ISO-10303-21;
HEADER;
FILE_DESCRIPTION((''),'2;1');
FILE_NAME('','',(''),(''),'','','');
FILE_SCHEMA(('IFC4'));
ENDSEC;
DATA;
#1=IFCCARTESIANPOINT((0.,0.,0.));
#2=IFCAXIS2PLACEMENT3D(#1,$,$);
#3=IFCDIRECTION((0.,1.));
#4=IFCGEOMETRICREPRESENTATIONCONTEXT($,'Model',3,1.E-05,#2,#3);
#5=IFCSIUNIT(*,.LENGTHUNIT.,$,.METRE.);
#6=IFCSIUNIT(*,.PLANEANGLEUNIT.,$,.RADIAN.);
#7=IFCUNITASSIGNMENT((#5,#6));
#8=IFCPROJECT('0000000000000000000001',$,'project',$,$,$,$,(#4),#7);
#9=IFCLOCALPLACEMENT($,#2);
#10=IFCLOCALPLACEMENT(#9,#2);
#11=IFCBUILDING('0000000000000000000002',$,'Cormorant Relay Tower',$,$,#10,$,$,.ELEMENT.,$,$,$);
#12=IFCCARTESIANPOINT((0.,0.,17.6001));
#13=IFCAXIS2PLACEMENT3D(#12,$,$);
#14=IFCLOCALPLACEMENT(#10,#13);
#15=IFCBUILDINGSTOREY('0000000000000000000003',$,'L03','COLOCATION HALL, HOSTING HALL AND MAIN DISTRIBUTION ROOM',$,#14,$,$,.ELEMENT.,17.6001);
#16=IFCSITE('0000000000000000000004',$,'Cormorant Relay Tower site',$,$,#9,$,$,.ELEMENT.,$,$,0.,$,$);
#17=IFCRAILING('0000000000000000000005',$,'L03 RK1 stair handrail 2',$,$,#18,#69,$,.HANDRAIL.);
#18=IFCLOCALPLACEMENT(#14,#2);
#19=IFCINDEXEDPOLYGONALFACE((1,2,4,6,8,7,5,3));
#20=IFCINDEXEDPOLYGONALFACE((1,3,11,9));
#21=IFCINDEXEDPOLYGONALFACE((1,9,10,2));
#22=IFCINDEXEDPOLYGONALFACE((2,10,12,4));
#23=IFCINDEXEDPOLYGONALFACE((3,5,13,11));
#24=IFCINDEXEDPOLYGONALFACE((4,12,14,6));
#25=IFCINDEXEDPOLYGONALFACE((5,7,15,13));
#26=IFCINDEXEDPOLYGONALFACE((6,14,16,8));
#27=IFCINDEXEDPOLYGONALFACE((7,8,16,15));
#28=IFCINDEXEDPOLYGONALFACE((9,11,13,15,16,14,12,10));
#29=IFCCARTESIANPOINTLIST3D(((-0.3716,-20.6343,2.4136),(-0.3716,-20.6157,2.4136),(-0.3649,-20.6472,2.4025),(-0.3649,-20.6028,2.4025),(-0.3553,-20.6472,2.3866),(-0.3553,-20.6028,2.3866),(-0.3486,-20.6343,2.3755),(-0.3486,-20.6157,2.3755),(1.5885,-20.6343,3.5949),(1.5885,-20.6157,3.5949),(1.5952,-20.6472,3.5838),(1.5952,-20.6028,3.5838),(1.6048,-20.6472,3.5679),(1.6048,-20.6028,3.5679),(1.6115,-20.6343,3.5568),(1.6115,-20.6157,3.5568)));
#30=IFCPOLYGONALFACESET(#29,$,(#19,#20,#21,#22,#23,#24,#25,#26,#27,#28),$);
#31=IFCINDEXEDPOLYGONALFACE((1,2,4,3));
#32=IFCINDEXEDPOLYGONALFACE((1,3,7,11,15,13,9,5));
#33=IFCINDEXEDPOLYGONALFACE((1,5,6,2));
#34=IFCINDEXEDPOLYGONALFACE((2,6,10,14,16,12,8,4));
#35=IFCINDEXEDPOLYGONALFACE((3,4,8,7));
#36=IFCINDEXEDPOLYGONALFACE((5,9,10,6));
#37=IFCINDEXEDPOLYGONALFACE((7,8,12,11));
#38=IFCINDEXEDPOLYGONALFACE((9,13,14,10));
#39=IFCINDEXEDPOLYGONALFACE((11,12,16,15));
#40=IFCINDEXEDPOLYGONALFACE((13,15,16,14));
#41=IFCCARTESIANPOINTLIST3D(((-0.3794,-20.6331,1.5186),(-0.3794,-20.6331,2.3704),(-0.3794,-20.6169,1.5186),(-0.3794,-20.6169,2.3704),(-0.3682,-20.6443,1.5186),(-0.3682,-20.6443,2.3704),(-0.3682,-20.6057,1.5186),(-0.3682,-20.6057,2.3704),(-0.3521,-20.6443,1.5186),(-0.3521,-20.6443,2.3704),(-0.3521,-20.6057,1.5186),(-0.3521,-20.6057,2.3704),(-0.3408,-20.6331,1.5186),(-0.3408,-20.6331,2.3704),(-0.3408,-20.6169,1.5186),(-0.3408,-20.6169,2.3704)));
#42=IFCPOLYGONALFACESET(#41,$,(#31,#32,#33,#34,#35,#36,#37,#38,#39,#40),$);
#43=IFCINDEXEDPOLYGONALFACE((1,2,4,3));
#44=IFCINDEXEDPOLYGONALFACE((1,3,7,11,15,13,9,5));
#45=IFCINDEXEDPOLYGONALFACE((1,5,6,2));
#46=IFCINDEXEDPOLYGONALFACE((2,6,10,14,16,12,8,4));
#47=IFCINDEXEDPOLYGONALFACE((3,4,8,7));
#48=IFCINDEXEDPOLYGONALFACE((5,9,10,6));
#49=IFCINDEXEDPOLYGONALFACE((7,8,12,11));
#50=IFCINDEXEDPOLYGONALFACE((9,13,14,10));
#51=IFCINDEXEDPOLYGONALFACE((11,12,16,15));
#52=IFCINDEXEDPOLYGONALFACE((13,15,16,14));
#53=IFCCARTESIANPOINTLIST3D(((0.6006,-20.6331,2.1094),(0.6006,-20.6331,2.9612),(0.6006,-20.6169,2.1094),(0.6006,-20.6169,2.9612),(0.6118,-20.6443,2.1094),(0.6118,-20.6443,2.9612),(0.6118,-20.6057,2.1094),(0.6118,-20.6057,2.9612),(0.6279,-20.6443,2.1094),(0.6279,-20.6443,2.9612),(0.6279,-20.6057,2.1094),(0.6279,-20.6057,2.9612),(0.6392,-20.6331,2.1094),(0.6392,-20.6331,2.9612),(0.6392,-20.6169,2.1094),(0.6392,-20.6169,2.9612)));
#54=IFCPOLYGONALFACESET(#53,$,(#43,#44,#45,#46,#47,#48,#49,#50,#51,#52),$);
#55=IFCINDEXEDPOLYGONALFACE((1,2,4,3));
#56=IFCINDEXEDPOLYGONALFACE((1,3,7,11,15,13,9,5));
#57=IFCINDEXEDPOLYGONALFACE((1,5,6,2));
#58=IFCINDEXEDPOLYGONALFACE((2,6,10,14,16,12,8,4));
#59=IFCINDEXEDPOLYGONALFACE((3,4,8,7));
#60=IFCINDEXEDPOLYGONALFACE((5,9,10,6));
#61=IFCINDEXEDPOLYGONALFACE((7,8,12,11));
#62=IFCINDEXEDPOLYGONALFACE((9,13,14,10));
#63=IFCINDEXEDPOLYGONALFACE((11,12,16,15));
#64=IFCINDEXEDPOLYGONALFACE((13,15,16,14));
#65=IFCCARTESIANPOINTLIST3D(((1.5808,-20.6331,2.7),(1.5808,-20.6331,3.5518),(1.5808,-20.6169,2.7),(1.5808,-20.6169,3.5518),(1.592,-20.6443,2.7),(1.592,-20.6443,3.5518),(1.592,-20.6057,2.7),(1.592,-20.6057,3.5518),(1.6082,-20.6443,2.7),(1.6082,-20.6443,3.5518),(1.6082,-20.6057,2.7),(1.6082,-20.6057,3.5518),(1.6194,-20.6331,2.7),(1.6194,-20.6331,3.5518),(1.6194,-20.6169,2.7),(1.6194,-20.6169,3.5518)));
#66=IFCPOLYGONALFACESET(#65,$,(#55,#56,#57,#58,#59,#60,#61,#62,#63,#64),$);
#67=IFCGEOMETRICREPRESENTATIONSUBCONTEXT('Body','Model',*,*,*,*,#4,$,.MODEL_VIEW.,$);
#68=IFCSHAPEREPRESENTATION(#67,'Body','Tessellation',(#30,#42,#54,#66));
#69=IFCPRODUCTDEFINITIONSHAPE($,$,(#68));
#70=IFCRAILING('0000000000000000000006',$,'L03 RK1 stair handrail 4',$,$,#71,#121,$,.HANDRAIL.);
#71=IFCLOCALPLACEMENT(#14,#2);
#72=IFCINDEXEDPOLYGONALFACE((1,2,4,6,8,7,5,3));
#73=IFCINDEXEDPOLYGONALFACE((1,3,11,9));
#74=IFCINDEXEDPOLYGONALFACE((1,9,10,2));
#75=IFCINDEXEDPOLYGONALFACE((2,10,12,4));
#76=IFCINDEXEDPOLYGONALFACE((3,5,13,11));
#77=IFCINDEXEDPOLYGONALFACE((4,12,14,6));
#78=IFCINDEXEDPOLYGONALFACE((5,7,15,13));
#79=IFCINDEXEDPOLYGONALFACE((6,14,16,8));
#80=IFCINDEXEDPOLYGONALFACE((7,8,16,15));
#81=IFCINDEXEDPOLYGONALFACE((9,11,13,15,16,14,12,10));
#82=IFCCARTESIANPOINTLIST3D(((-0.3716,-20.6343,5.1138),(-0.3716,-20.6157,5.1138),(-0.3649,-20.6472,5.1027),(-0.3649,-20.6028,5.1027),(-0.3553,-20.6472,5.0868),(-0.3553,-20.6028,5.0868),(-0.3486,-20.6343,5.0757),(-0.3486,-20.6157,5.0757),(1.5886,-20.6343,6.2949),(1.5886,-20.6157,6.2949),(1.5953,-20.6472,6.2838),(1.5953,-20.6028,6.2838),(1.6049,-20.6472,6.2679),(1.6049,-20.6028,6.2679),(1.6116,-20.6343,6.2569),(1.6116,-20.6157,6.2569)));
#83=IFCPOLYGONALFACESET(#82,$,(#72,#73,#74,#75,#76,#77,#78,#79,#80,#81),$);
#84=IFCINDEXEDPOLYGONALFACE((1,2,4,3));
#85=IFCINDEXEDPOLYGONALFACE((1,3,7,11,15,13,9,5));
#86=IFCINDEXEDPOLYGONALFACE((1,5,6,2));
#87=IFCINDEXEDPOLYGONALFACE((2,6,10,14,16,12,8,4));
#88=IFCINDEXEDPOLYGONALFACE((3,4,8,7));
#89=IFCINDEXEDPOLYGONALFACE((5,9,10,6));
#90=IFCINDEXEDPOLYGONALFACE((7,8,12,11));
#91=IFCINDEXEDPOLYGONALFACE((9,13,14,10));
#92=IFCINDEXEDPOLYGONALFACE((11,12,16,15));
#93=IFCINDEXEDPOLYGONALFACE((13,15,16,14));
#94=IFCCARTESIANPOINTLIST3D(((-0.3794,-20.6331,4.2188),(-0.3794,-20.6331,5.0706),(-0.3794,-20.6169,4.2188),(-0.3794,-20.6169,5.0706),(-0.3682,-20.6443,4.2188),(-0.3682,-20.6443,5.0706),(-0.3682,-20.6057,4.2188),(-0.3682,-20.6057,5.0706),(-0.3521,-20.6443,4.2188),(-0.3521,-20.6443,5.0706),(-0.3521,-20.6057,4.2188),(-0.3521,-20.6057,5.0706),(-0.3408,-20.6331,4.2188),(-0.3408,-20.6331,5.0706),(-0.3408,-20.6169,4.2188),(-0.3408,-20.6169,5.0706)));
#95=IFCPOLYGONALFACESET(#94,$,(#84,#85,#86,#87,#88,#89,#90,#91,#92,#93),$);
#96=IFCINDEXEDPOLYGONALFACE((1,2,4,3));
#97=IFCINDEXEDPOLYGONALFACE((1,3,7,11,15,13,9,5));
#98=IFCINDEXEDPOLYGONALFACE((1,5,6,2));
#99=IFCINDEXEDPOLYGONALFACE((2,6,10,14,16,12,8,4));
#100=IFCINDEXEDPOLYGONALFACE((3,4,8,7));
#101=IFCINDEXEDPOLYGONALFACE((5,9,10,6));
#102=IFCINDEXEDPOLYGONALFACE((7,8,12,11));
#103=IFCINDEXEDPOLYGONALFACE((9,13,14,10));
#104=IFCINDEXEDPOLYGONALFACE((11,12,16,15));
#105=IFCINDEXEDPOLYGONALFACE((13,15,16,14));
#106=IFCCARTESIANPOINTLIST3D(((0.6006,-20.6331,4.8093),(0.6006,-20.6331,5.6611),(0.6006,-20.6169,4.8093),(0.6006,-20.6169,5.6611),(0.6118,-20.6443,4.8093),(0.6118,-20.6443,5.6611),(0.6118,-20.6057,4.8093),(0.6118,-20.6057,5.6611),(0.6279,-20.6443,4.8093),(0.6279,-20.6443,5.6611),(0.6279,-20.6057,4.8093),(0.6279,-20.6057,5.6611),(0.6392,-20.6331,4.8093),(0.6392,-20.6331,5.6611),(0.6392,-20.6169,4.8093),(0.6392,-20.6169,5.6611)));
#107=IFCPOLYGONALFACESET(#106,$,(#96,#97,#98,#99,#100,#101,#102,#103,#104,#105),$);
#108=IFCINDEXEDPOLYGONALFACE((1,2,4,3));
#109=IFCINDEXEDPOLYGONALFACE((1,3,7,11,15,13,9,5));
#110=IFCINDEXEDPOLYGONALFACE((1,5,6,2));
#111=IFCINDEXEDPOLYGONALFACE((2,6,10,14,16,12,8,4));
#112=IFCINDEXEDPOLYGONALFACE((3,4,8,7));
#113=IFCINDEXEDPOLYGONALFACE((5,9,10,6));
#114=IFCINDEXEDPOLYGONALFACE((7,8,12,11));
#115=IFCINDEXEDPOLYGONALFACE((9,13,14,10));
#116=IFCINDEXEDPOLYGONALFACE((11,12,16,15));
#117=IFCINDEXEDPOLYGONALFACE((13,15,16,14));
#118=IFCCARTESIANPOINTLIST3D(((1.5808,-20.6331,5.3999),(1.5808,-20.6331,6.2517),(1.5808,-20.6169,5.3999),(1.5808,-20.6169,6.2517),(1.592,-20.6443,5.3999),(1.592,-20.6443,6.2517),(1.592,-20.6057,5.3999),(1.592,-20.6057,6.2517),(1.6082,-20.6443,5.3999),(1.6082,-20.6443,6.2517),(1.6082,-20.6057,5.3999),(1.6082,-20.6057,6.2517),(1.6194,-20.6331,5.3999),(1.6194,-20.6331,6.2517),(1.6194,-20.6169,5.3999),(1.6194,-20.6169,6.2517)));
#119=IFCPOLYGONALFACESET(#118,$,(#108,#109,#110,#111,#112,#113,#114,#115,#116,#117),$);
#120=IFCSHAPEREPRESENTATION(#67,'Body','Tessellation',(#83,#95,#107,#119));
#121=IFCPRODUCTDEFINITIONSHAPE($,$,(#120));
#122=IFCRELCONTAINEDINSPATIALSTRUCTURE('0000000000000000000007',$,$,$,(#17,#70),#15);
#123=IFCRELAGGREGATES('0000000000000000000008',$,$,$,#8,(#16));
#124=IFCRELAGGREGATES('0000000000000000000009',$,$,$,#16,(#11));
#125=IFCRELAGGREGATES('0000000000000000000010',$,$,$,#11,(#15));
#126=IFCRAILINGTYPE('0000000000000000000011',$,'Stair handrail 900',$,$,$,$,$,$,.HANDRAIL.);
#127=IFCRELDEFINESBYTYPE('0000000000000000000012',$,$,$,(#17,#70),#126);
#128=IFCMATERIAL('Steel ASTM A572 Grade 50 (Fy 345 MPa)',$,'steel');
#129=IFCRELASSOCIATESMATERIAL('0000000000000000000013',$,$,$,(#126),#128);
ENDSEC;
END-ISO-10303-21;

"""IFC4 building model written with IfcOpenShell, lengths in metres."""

from ifc_helpers import new_model, si_unit, direction, frame, origin, place, context, subcontext, project, spatial, polyline, outline, extrude, material, type_object, element, save


model = new_model("IFC4")

# Units and contexts
model_context = context("Model", 3, precision=1e-05, world=origin(), true_north=direction((0.0, 1.0)))
body_context = subcontext(model_context, "Body", "Model", "MODEL_VIEW")
ifc_project = project(units=[si_unit("LENGTHUNIT", "METRE"), si_unit("PLANEANGLEUNIT", "RADIAN")], contexts=[model_context])

# Site, building, storey
site_placement = place(None, origin())
site = spatial("IfcSite", under=ifc_project, at=site_placement, Name="Cormorant Relay Tower site", CompositionType="ELEMENT", RefElevation=0.0)
building_placement = place(site_placement, origin())
building = spatial("IfcBuilding", under=site, at=building_placement, Name="Cormorant Relay Tower", CompositionType="ELEMENT")
storey_placement = place(building_placement, frame((0.0, 0.0, 17.6001)))
storey = spatial("IfcBuildingStorey", under=building, at=storey_placement, Name="L03", Description="COLOCATION HALL, HOSTING HALL AND MAIN DISTRIBUTION ROOM", CompositionType="ELEMENT", Elevation=17.6001)

# Railings
ifc_material_1 = material(Name="Steel ASTM A572 Grade 50 (Fy 345 MPa)", Category="steel")
railing_type_1 = type_object("IfcRailingType", Name="Stair handrail 900", PredefinedType="HANDRAIL", material=ifc_material_1)
railing_1_placement = place(storey_placement, frame((-0.3601, -20.625, 1.5186)))
element("IfcRailing", 1, at=railing_1_placement, inside=storey, type_object=railing_type_1, Name="L03 RK1 stair handrail 2", PredefinedType="HANDRAIL", context=body_context, shape_type="SweptSolid", body=[
    extrude(outline(polyline([(0.0222, 0.0093), (0.0093, 0.0222), (-0.0093, 0.0222), (-0.0222, 0.0093), (-0.0222, -0.0093), (-0.0093, -0.0222), (0.0093, -0.0222), (0.0222, -0.0093), (0.0222, 0.0093)])), frame((0.0, 0.0, 0.876), z_axis=(0.856475, 0.0, 0.516189), x_axis=(0.0, 1.0, 0.0)), (0.0, 0.0, 1.0), 2.2886),
    extrude(outline(polyline([(0.0193, 0.0081), (0.0081, 0.0193), (-0.0081, 0.0193), (-0.0193, 0.0081), (-0.0193, -0.0081), (-0.0081, -0.0193), (0.0081, -0.0193), (0.0193, -0.0081), (0.0193, 0.0081)])), origin(), (0.0, 0.0, 1.0), 0.8518),
    extrude(outline(polyline([(0.0193, 0.0081), (0.0081, 0.0193), (-0.0081, 0.0193), (-0.0193, 0.0081), (-0.0193, -0.0081), (-0.0081, -0.0193), (0.0081, -0.0193), (0.0193, -0.0081), (0.0193, 0.0081)])), frame((0.98, 0.0, 0.5908)), (0.0, 0.0, 1.0), 0.8518),
    extrude(outline(polyline([(0.0193, 0.0081), (0.0081, 0.0193), (-0.0081, 0.0193), (-0.0193, 0.0081), (-0.0193, -0.0081), (-0.0081, -0.0193), (0.0081, -0.0193), (0.0193, -0.0081), (0.0193, 0.0081)])), frame((1.9602, 0.0, 1.1814)), (0.0, 0.0, 1.0), 0.8518),
])
railing_2_placement = place(storey_placement, frame((-0.3601, -20.625, 4.2188)))
element("IfcRailing", 2, at=railing_2_placement, inside=storey, type_object=railing_type_1, Name="L03 RK1 stair handrail 4", PredefinedType="HANDRAIL", context=body_context, shape_type="SweptSolid", body=[
    extrude(outline(polyline([(0.0222, 0.0093), (0.0093, 0.0222), (-0.0093, 0.0222), (-0.0222, 0.0093), (-0.0222, -0.0093), (-0.0093, -0.0222), (0.0093, -0.0222), (0.0222, -0.0093), (0.0222, 0.0093)])), frame((0.0, 0.0, 0.876), z_axis=(0.856522, 0.0, 0.516111), x_axis=(0.0, 1.0, 0.0)), (0.0, 0.0, 1.0), 2.2886),
    extrude(outline(polyline([(0.0193, 0.0081), (0.0081, 0.0193), (-0.0081, 0.0193), (-0.0193, 0.0081), (-0.0193, -0.0081), (-0.0081, -0.0193), (0.0081, -0.0193), (0.0193, -0.0081), (0.0193, 0.0081)])), origin(), (0.0, 0.0, 1.0), 0.8518),
    extrude(outline(polyline([(0.0193, 0.0081), (0.0081, 0.0193), (-0.0081, 0.0193), (-0.0193, 0.0081), (-0.0193, -0.0081), (-0.0081, -0.0193), (0.0081, -0.0193), (0.0193, -0.0081), (0.0193, 0.0081)])), frame((0.98, 0.0, 0.5906)), (0.0, 0.0, 1.0), 0.8518),
    extrude(outline(polyline([(0.0193, 0.0081), (0.0081, 0.0193), (-0.0081, 0.0193), (-0.0193, 0.0081), (-0.0193, -0.0081), (-0.0081, -0.0193), (0.0081, -0.0193), (0.0193, -0.0081), (0.0193, 0.0081)])), frame((1.9602, 0.0, 1.1812)), (0.0, 0.0, 1.0), 0.8518),
])

save(model, "model.ifc")
